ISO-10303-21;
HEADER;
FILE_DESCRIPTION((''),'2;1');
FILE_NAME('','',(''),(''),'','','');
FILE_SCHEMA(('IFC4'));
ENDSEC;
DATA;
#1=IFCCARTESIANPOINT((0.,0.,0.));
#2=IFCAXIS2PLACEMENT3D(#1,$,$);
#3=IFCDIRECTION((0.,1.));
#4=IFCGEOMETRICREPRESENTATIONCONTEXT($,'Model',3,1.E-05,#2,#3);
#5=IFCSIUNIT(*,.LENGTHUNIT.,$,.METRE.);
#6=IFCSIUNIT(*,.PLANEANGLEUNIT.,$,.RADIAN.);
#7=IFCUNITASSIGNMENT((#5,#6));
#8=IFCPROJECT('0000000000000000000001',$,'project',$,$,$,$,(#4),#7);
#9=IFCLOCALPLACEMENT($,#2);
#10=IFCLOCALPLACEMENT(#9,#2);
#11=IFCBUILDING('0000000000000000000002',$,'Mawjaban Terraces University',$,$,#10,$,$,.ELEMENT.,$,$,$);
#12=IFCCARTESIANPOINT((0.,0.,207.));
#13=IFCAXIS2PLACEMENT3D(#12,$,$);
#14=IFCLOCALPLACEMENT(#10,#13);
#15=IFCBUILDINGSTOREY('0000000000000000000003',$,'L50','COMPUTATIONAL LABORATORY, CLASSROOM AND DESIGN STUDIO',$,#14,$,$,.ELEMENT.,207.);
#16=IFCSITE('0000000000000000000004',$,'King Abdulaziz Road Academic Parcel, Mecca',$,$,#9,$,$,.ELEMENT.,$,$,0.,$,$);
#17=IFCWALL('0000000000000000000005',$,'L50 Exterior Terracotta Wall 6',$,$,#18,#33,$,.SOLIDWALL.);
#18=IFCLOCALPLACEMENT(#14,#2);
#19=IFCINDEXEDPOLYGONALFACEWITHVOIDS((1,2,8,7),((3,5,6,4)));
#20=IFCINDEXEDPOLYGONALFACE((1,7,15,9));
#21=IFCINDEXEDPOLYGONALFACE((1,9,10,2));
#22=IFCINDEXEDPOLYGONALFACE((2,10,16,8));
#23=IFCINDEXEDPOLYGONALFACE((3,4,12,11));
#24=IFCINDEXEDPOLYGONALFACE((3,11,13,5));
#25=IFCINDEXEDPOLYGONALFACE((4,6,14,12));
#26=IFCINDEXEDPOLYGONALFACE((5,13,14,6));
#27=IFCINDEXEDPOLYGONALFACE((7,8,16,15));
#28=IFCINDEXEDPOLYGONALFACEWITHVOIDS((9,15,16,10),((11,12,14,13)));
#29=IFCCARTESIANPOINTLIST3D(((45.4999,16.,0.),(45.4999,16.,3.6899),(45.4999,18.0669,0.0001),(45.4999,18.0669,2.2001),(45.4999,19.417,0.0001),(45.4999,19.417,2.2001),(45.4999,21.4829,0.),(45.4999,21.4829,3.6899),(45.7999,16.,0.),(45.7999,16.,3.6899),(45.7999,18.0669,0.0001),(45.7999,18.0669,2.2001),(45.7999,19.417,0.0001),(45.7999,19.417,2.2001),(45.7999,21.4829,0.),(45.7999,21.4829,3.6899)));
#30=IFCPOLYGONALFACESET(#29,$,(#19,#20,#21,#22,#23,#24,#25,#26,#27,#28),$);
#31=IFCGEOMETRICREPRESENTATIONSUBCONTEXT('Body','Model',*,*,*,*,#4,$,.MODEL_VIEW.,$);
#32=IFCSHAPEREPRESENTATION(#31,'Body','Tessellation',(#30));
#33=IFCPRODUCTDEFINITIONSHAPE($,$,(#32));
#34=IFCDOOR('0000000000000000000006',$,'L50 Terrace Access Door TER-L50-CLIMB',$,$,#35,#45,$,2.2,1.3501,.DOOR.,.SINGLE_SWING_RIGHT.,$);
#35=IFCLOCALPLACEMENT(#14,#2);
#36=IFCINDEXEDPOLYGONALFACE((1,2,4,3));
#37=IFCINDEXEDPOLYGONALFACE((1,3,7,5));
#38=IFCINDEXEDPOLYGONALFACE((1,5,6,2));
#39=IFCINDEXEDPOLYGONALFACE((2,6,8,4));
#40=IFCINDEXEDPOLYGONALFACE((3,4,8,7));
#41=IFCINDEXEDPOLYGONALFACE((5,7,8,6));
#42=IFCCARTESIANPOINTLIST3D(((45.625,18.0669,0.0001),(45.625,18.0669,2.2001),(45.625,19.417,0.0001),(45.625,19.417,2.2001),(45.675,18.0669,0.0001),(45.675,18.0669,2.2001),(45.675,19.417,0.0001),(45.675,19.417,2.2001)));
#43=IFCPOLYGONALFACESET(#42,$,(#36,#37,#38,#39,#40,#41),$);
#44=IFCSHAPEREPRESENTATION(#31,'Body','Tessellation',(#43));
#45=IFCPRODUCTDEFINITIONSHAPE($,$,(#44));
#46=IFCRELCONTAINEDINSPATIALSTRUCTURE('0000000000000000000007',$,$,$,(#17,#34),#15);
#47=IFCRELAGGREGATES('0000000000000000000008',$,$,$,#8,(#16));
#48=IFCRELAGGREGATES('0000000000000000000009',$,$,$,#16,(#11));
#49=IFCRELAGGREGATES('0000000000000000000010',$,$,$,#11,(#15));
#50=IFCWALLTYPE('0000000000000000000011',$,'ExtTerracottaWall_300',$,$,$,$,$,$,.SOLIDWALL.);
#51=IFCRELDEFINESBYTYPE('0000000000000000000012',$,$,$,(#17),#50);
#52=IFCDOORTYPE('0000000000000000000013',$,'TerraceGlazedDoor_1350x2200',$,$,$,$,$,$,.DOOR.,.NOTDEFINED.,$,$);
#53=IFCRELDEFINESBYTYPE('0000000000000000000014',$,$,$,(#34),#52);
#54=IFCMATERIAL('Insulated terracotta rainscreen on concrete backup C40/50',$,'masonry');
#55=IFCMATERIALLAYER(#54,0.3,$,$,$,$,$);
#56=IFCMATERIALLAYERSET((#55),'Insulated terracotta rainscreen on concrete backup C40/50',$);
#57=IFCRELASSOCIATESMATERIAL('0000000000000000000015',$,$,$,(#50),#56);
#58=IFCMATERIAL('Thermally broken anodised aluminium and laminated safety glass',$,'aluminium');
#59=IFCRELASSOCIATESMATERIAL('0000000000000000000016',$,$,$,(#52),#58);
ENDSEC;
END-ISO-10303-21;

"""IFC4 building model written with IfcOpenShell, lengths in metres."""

from ifc_helpers import new_model, si_unit, direction, frame, frame_2d, origin, place, context, subcontext, project, spatial, rectangle, extrude, material, layer, layer_set, type_object, element, fill, save


model = new_model("IFC4")

# Units and contexts
model_context = context("Model", 3, precision=1e-05, world=origin(), true_north=direction((0.0, 1.0)))
body_context = subcontext(model_context, "Body", "Model", "MODEL_VIEW")
ifc_project = project(units=[si_unit("LENGTHUNIT", "METRE"), si_unit("PLANEANGLEUNIT", "RADIAN")], contexts=[model_context])

# Site, building, storey
site_placement = place(None, origin())
site = spatial("IfcSite", under=ifc_project, at=site_placement, Name="King Abdulaziz Road Academic Parcel, Mecca", CompositionType="ELEMENT", RefElevation=0.0)
building_placement = place(site_placement, origin())
building = spatial("IfcBuilding", under=site, at=building_placement, Name="Mawjaban Terraces University", CompositionType="ELEMENT")
storey_placement = place(building_placement, frame((0.0, 0.0, 207.0)))
storey = spatial("IfcBuildingStorey", under=building, at=storey_placement, Name="L50", Description="COMPUTATIONAL LABORATORY, CLASSROOM AND DESIGN STUDIO", CompositionType="ELEMENT", Elevation=207.0)

# Wall, opening, door
ifc_material_1 = material(Name="Insulated terracotta rainscreen on concrete backup C40/50", Category="masonry")
ifc_layer_1 = layer(ifc_material_1, 0.3)
ifc_layer_set_1 = layer_set([ifc_layer_1], Name="Insulated terracotta rainscreen on concrete backup C40/50")
wall_type_1 = type_object("IfcWallType", Name="ExtTerracottaWall_300", PredefinedType="SOLIDWALL", material=ifc_layer_set_1)
wall_1_placement = place(storey_placement, frame((45.6499, 16.0, 0.0), z_axis=(0.0, 0.0, 1.0), x_axis=(0.0, 1.0, 0.0)))
wall_1 = element("IfcWall", 1, at=wall_1_placement, inside=storey, type_object=wall_type_1, Name="L50 Exterior Terracotta Wall 6", PredefinedType="SOLIDWALL", context=body_context, shape_type="SweptSolid", body=[
    extrude(rectangle(XDim=5.4829, YDim=0.3, at=frame_2d((2.7415, 0.0))), origin(), (0.0, 0.0, 1.0), 3.6899),
])
opening_1_placement = place(wall_1_placement, frame((2.0669, 0.0, 0.0)))
opening_1 = element("IfcOpeningElement", 2, at=opening_1_placement, cuts=wall_1, PredefinedType="OPENING", context=body_context, shape_type="SweptSolid", body=[
    extrude(rectangle(XDim=1.3501, YDim=2.2, at=frame_2d((0.675, 1.1001))), frame((0.0, 0.1599, 0.0), z_axis=(0.0, -1.0, 0.0), x_axis=(1.0, 0.0, 0.0)), (0.0, 0.0, 1.0), 0.3201),
])
ifc_material_2 = material(Name="Thermally broken anodised aluminium and laminated safety glass", Category="aluminium")
door_type_1 = type_object("IfcDoorType", Name="TerraceGlazedDoor_1350x2200", OperationType="NOTDEFINED", PredefinedType="DOOR", material=ifc_material_2)
door_1_placement = place(opening_1_placement, origin())
door_1 = element("IfcDoor", 3, at=door_1_placement, inside=storey, type_object=door_type_1, Name="L50 Terrace Access Door TER-L50-CLIMB", OperationType="SINGLE_SWING_RIGHT", OverallHeight=2.2, OverallWidth=1.3501, PredefinedType="DOOR", context=body_context, shape_type="SweptSolid", body=[
    extrude(rectangle(XDim=1.3501, YDim=2.2, at=frame_2d((0.675, 1.1001))), frame((0.0, 0.0249, 0.0), z_axis=(0.0, -1.0, 0.0), x_axis=(1.0, 0.0, 0.0)), (0.0, 0.0, 1.0), 0.05),
])
fill(opening_1, door_1)

save(model, "model.ifc")
